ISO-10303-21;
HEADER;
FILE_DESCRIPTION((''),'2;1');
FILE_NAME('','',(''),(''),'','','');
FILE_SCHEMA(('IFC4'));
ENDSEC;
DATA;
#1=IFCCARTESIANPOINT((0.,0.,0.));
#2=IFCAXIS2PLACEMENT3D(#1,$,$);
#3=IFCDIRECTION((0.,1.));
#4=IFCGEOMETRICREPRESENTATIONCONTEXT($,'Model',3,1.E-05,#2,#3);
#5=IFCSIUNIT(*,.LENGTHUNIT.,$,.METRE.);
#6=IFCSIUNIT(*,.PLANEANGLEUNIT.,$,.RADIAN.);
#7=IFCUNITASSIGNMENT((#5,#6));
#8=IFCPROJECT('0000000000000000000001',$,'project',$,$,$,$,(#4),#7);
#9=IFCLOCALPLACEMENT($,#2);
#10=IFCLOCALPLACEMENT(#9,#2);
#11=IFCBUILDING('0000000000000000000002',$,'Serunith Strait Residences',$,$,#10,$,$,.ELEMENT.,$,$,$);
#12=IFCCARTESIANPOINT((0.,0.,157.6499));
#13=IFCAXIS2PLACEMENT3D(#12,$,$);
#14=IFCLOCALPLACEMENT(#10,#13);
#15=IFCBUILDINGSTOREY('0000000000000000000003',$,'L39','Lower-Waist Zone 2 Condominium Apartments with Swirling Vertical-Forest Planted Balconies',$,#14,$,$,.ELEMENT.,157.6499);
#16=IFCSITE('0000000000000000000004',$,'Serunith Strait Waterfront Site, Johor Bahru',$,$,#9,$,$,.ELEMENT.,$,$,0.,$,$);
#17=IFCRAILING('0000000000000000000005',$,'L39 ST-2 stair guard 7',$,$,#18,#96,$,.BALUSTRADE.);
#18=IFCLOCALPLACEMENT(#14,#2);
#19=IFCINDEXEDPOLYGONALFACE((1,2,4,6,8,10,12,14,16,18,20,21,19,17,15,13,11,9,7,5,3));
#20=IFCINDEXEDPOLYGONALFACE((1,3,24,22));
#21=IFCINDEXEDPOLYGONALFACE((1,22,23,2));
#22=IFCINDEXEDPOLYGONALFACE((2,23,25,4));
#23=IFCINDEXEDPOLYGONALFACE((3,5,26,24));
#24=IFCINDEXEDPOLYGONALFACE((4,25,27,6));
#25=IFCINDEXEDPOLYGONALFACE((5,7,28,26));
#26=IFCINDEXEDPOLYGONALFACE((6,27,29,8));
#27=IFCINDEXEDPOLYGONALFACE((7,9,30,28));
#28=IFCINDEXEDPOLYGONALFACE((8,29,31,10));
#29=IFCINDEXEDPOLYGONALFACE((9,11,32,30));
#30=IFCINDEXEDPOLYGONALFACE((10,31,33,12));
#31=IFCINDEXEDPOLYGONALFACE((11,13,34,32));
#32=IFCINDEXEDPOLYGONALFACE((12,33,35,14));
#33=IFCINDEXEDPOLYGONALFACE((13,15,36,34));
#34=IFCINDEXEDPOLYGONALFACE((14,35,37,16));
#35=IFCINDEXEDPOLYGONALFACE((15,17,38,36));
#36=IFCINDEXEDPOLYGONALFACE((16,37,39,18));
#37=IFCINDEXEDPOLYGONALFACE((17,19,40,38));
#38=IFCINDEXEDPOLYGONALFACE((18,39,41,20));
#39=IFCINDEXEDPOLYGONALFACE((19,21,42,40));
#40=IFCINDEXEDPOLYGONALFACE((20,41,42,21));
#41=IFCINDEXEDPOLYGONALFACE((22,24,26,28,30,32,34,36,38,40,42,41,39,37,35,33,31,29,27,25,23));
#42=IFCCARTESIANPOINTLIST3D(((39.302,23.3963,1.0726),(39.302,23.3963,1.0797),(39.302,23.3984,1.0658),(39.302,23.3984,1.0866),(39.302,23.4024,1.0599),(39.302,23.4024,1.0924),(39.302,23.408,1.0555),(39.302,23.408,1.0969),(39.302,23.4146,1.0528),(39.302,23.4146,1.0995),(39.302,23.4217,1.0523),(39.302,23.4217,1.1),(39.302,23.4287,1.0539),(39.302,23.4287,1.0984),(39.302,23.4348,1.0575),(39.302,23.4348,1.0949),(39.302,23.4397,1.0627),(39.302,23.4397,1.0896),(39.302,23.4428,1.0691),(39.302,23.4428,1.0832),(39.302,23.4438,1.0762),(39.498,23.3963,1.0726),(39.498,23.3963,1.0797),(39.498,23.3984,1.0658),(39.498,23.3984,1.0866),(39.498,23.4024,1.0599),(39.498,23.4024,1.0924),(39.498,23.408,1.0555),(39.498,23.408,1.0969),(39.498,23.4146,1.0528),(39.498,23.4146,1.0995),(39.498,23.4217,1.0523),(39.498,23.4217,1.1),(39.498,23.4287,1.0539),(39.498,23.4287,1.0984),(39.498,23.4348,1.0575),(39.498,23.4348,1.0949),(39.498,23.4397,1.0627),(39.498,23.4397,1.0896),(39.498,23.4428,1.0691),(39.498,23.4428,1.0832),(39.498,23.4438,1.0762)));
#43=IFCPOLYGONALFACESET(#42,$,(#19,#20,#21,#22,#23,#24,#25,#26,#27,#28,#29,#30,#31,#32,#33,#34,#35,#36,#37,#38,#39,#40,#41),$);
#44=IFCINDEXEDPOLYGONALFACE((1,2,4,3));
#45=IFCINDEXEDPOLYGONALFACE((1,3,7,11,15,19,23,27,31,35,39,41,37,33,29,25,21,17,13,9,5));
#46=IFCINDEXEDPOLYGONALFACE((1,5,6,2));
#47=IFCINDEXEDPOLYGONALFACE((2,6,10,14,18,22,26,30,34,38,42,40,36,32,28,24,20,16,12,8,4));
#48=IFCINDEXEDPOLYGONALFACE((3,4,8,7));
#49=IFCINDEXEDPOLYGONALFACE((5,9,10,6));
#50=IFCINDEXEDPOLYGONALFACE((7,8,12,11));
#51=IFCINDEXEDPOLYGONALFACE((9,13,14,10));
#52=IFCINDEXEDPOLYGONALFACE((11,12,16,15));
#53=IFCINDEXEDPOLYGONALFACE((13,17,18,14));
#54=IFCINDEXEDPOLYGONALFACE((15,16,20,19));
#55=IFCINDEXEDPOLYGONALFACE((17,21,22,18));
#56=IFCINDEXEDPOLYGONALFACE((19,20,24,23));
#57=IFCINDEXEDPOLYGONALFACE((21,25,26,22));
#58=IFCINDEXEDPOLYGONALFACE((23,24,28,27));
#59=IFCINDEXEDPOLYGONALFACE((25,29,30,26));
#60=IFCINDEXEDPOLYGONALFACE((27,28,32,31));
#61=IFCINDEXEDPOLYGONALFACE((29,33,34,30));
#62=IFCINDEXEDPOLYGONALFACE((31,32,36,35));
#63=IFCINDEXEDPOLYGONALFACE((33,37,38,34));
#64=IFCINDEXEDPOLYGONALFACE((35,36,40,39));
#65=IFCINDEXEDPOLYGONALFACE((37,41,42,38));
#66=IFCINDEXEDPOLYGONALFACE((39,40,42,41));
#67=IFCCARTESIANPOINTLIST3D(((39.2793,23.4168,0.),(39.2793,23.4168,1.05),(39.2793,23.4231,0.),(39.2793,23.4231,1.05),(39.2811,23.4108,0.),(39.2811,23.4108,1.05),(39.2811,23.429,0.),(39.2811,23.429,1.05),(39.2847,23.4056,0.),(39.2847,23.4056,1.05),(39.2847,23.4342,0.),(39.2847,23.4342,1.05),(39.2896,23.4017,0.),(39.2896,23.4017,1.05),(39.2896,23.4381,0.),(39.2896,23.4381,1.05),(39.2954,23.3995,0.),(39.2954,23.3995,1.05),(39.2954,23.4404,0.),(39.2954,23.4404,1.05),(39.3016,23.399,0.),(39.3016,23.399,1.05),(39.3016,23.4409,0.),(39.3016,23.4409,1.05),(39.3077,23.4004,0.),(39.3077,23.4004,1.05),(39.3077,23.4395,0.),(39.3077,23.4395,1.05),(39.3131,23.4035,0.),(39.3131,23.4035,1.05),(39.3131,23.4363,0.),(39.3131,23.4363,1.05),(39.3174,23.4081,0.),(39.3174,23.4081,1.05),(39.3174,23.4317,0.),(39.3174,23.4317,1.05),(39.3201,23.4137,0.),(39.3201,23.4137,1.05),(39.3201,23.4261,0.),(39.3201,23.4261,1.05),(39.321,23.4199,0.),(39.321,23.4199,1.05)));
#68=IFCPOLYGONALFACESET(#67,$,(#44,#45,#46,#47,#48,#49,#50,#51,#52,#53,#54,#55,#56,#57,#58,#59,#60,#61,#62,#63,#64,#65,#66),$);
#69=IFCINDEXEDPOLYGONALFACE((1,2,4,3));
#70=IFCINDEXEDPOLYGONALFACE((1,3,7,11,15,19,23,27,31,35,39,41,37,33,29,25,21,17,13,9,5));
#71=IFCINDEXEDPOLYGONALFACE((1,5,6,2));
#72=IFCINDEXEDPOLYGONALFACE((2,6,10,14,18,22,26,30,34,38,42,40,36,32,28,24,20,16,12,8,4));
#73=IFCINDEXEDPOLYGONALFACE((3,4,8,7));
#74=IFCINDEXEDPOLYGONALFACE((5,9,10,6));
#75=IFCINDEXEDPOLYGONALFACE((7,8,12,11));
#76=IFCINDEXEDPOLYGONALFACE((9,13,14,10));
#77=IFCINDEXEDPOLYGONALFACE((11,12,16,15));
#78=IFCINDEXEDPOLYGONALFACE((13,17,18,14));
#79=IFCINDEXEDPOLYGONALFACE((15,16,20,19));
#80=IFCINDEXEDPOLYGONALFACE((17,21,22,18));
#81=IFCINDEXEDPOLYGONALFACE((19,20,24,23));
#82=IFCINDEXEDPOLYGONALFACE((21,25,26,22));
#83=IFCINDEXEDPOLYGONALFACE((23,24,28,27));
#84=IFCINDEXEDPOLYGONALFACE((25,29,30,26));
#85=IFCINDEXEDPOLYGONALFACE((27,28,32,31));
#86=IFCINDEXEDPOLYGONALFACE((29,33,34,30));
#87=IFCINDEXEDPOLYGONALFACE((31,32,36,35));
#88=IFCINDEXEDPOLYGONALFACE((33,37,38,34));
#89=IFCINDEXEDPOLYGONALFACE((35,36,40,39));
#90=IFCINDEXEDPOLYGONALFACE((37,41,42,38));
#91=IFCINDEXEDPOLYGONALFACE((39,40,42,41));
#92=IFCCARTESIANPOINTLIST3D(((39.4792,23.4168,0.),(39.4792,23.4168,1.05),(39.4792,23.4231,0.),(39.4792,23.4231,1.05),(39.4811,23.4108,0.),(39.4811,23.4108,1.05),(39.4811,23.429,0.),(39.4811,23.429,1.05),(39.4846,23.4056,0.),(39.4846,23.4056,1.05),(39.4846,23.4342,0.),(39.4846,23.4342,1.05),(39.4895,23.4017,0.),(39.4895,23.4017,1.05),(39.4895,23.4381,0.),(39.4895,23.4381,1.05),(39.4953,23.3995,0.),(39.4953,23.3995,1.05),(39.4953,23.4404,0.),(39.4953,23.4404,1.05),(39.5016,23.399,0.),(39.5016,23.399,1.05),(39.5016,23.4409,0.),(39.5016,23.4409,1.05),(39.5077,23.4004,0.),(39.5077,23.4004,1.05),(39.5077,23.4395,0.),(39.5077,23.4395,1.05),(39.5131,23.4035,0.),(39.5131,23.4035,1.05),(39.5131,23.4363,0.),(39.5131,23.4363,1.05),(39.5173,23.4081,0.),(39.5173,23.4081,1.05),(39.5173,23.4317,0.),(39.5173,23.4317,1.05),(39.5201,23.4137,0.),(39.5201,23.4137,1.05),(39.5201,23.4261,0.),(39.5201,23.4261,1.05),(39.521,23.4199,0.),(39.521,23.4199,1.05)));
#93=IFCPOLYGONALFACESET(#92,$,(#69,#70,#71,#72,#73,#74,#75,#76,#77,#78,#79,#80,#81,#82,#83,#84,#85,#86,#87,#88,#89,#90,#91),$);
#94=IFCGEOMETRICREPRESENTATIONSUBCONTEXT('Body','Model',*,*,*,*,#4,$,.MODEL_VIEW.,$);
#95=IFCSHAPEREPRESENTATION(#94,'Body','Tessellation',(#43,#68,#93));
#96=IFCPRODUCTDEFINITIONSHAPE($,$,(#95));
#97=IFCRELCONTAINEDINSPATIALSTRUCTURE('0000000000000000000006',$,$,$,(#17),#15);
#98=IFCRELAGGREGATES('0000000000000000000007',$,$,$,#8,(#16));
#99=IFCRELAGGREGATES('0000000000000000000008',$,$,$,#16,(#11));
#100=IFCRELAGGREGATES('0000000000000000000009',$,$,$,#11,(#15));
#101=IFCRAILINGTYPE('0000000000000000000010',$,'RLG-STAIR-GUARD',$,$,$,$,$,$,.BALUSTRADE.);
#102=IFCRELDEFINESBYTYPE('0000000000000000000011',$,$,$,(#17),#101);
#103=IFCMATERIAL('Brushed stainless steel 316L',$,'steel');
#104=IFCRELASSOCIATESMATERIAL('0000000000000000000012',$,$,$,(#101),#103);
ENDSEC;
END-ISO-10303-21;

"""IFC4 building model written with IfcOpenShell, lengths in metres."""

from ifc_helpers import new_model, si_unit, direction, frame, origin, origin_2d, place, context, subcontext, project, spatial, circle, extrude, material, type_object, element, save


model = new_model("IFC4")

# Units and contexts
model_context = context("Model", 3, precision=1e-05, world=origin(), true_north=direction((0.0, 1.0)))
body_context = subcontext(model_context, "Body", "Model", "MODEL_VIEW")
ifc_project = project(units=[si_unit("LENGTHUNIT", "METRE"), si_unit("PLANEANGLEUNIT", "RADIAN")], contexts=[model_context])

# Site, building, storey
site_placement = place(None, origin())
site = spatial("IfcSite", under=ifc_project, at=site_placement, Name="Serunith Strait Waterfront Site, Johor Bahru", CompositionType="ELEMENT", RefElevation=0.0)
building_placement = place(site_placement, origin())
building = spatial("IfcBuilding", under=site, at=building_placement, Name="Serunith Strait Residences", CompositionType="ELEMENT")
storey_placement = place(building_placement, frame((0.0, 0.0, 157.6499)))
storey = spatial("IfcBuildingStorey", under=building, at=storey_placement, Name="L39", Description="Lower-Waist Zone 2 Condominium Apartments with Swirling Vertical-Forest Planted Balconies", CompositionType="ELEMENT", Elevation=157.6499)

# Railing
ifc_material_1 = material(Name="Brushed stainless steel 316L", Category="steel")
railing_type_1 = type_object("IfcRailingType", Name="RLG-STAIR-GUARD", PredefinedType="BALUSTRADE", material=ifc_material_1)
railing_1_placement = place(storey_placement, frame((39.3, 23.4199, 0.0)))
element("IfcRailing", 1, at=railing_1_placement, inside=storey, type_object=railing_type_1, Name="L39 ST-2 stair guard 7", PredefinedType="BALUSTRADE", context=body_context, shape_type="SweptSolid", body=[
    extrude(circle(Radius=0.0239, at=origin_2d()), frame((0.002, 0.0, 1.0762), z_axis=(1.0, 0.0, 0.0), x_axis=(0.0, 1.0, 0.0)), (0.0, 0.0, 1.0), 0.196),
    extrude(circle(Radius=0.021, at=origin_2d()), origin(), (0.0, 0.0, 1.0), 1.05),
    extrude(circle(Radius=0.021, at=origin_2d()), frame((0.2, 0.0, 0.0)), (0.0, 0.0, 1.0), 1.05),
])

save(model, "model.ifc")
